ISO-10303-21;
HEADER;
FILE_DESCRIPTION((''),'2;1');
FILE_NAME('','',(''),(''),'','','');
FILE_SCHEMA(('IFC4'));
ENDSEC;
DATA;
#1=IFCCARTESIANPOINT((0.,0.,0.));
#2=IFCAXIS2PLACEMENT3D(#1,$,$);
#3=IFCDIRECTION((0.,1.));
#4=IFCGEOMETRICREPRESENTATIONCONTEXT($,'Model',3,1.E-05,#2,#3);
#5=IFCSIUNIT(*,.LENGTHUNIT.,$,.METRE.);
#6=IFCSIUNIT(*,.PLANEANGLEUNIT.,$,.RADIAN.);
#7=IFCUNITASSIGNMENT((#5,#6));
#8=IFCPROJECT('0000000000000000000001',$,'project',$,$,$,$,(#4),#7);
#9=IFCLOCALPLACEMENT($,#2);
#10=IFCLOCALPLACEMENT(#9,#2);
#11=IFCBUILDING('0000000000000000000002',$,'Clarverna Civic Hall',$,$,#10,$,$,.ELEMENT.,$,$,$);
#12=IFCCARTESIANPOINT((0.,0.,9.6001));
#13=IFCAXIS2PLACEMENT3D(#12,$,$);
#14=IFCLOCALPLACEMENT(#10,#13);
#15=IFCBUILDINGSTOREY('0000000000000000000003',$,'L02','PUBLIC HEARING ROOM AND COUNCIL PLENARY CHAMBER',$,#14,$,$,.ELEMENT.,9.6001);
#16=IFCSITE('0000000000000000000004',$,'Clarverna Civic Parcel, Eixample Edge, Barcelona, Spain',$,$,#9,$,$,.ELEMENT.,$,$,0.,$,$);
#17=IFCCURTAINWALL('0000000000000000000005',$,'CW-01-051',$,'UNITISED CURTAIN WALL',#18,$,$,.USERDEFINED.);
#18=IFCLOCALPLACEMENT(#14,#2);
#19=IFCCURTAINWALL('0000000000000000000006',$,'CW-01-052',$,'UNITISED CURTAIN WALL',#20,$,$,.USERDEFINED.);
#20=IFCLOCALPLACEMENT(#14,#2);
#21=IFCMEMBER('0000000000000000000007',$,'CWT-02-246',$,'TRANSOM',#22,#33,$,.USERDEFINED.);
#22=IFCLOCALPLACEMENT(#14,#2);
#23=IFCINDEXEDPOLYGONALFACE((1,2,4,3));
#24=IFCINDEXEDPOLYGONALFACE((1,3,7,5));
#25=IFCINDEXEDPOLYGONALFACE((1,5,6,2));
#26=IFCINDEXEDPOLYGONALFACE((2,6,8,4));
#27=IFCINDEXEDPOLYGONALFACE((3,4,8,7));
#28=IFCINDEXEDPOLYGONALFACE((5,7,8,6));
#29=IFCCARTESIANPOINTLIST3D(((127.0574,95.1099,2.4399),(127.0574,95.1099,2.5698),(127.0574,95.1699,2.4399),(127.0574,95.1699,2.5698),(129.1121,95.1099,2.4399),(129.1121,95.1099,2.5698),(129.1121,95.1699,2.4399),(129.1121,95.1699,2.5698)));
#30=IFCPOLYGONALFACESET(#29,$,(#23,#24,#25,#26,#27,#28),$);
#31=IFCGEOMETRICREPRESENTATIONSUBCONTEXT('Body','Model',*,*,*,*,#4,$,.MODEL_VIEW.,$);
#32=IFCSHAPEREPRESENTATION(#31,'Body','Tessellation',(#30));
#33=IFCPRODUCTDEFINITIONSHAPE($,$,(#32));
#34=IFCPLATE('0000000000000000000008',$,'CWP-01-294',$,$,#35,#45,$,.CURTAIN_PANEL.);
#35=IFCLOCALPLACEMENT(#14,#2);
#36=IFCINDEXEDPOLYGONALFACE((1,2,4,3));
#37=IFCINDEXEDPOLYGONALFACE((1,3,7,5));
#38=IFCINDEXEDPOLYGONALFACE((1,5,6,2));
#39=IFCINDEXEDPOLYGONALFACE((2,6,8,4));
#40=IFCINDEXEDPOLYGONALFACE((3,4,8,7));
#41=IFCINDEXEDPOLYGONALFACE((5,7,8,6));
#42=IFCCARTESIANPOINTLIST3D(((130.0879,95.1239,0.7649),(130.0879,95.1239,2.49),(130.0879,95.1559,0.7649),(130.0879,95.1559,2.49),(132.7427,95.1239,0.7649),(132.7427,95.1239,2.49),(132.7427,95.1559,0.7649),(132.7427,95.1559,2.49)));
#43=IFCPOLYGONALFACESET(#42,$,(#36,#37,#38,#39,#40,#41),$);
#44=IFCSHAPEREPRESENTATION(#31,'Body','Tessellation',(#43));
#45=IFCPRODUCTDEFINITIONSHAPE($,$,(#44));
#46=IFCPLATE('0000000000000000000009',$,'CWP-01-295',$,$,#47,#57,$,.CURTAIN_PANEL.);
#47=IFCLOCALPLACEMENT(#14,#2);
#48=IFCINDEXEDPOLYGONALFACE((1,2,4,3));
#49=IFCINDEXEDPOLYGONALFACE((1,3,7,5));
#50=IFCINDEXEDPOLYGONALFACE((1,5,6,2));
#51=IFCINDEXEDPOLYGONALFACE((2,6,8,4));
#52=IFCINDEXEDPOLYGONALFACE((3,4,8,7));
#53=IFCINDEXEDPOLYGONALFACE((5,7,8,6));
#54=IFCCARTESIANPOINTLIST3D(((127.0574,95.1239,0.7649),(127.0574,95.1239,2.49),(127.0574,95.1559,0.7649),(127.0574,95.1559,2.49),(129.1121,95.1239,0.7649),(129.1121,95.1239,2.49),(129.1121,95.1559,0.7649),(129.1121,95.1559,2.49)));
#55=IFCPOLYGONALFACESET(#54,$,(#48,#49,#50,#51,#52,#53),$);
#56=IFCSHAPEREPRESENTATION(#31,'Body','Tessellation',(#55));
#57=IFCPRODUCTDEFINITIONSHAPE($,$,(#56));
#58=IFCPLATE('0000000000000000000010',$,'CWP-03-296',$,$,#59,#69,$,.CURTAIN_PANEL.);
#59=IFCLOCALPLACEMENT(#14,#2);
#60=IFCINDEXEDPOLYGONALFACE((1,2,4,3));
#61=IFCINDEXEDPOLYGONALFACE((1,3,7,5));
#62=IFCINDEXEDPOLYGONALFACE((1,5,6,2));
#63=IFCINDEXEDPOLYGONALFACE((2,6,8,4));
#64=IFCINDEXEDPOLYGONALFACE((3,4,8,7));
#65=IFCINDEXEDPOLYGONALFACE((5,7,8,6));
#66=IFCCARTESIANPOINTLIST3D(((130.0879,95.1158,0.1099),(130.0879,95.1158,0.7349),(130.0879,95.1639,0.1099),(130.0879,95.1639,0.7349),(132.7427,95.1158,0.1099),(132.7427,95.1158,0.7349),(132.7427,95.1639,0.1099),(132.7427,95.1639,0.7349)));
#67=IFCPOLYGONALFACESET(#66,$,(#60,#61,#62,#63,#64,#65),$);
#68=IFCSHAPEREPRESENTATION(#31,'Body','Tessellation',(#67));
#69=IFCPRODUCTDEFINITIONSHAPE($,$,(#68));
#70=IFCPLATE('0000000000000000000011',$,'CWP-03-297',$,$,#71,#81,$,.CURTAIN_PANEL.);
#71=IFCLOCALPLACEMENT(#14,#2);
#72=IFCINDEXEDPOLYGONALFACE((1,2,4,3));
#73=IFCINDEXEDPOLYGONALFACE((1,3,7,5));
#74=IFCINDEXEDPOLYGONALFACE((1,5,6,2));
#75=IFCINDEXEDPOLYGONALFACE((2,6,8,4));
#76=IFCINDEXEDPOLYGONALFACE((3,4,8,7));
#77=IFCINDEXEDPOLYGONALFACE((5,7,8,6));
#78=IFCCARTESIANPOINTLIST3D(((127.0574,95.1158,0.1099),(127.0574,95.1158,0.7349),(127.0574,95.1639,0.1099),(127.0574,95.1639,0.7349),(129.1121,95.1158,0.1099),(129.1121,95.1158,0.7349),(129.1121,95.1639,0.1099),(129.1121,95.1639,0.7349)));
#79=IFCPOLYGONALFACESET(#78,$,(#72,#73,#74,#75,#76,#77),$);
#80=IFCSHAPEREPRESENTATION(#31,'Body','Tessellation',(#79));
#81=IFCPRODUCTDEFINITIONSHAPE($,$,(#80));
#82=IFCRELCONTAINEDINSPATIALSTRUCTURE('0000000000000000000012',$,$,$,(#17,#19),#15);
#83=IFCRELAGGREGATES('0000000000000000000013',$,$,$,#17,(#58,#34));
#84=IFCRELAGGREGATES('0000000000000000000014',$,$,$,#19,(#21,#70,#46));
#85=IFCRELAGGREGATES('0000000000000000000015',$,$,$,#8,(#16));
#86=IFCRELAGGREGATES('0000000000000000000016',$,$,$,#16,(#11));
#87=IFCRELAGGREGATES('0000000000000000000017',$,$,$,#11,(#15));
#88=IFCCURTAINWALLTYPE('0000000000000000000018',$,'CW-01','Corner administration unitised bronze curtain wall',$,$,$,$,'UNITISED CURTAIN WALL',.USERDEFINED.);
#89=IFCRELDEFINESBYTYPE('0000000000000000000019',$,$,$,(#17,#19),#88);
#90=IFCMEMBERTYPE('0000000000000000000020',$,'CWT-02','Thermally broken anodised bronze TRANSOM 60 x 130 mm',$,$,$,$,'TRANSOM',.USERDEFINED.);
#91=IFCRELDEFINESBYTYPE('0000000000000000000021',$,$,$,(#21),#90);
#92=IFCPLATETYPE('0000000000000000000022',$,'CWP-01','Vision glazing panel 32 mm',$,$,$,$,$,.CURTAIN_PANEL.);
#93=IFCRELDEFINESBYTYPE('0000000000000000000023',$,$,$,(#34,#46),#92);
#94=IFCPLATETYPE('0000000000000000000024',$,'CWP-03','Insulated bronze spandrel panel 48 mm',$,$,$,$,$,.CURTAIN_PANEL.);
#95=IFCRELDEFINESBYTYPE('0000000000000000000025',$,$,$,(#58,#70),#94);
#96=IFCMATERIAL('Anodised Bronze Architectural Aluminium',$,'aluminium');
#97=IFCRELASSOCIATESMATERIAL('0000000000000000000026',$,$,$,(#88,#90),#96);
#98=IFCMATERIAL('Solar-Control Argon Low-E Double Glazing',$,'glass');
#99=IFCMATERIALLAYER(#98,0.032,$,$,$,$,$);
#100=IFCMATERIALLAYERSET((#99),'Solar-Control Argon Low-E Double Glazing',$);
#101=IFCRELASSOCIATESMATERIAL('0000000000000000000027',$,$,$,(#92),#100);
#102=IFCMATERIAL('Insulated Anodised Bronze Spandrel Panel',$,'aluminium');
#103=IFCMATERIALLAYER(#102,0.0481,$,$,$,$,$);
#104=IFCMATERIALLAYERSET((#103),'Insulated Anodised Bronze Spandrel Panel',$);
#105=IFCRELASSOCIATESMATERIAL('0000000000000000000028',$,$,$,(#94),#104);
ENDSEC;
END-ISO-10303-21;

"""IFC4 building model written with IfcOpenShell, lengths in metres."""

from ifc_helpers import new_model, si_unit, direction, frame, frame_2d, origin, origin_2d, place, context, subcontext, project, spatial, rectangle, extrude, material, layer, layer_set, material_profile, profile_set, type_object, element, aggregate, save


model = new_model("IFC4")

# Units and contexts
model_context = context("Model", 3, precision=1e-05, world=origin(), true_north=direction((0.0, 1.0)))
body_context = subcontext(model_context, "Body", "Model", "MODEL_VIEW")
ifc_project = project(units=[si_unit("LENGTHUNIT", "METRE"), si_unit("PLANEANGLEUNIT", "RADIAN")], contexts=[model_context])

# Site, building, storey
site_placement = place(None, origin())
site = spatial("IfcSite", under=ifc_project, at=site_placement, Name="Clarverna Civic Parcel, Eixample Edge, Barcelona, Spain", CompositionType="ELEMENT", RefElevation=0.0)
building_placement = place(site_placement, origin())
building = spatial("IfcBuilding", under=site, at=building_placement, Name="Clarverna Civic Hall", CompositionType="ELEMENT")
storey_placement = place(building_placement, frame((0.0, 0.0, 9.6001)))
storey = spatial("IfcBuildingStorey", under=building, at=storey_placement, Name="L02", Description="PUBLIC HEARING ROOM AND COUNCIL PLENARY CHAMBER", CompositionType="ELEMENT", Elevation=9.6001)

# Curtain wall
ifc_material_1 = material(Name="Anodised Bronze Architectural Aluminium", Category="aluminium")
curtain_wall_type = type_object("IfcCurtainWallType", Name="CW-01", Description="Corner administration unitised bronze curtain wall", ElementType="UNITISED CURTAIN WALL", PredefinedType="USERDEFINED", material=ifc_material_1)
curtain_wall_1_placement = place(storey_placement, origin())
curtain_wall_1 = element("IfcCurtainWall", 1, at=curtain_wall_1_placement, inside=storey, type_object=curtain_wall_type, Name="CW-01-051", ObjectType="UNITISED CURTAIN WALL", PredefinedType="USERDEFINED")

# Curtain wall
curtain_wall_2_placement = place(storey_placement, origin())
curtain_wall_2 = element("IfcCurtainWall", 2, at=curtain_wall_2_placement, inside=storey, type_object=curtain_wall_type, Name="CW-01-052", ObjectType="UNITISED CURTAIN WALL", PredefinedType="USERDEFINED")

# Member
ifc_material_profile_1 = material_profile(ifc_material_1, rectangle(XDim=0.0601, YDim=0.1299, at=origin_2d()), Name="BRONZE 60x130")
ifc_profile_set_1 = profile_set([ifc_material_profile_1], Name="Anodised Bronze Architectural Aluminium")
member_type_1 = type_object("IfcMemberType", Name="CWT-02", Description="Thermally broken anodised bronze TRANSOM 60 x 130 mm", ElementType="TRANSOM", PredefinedType="USERDEFINED", material=ifc_profile_set_1)
member_1_placement = place(storey_placement, frame((129.1121, 95.1399, 2.5049), z_axis=(-1.0, 0.0, 0.0), x_axis=(0.0, -1.0, 0.0)))
member_1 = element("IfcMember", 3, at=member_1_placement, type_object=member_type_1, Name="CWT-02-246", ObjectType="TRANSOM", PredefinedType="USERDEFINED", context=body_context, shape_type="SweptSolid", body=[
    extrude(rectangle(XDim=0.0601, YDim=0.1299, at=origin_2d()), origin(), (0.0, 0.0, 1.0), 2.0547),
])

# Plates
ifc_material_2 = material(Name="Solar-Control Argon Low-E Double Glazing", Category="glass")
ifc_layer_1 = layer(ifc_material_2, 0.032)
ifc_layer_set_1 = layer_set([ifc_layer_1], Name="Solar-Control Argon Low-E Double Glazing")
plate_type_1 = type_object("IfcPlateType", Name="CWP-01", Description="Vision glazing panel 32 mm", PredefinedType="CURTAIN_PANEL", material=ifc_layer_set_1)
plate_1_placement = place(storey_placement, frame((132.7427, 95.1399, 0.7649), z_axis=(0.0, 0.0, 1.0), x_axis=(-1.0, 0.0, 0.0)))
plate_1 = element("IfcPlate", 4, at=plate_1_placement, type_object=plate_type_1, Name="CWP-01-294", PredefinedType="CURTAIN_PANEL", context=body_context, shape_type="SweptSolid", body=[
    extrude(rectangle(XDim=2.6548, YDim=0.032, at=frame_2d((1.3274, 0.0))), origin(), (0.0, 0.0, 1.0), 1.7251),
])
plate_2_placement = place(storey_placement, frame((129.1121, 95.1399, 0.7649), z_axis=(0.0, 0.0, 1.0), x_axis=(-1.0, 0.0, 0.0)))
plate_2 = element("IfcPlate", 5, at=plate_2_placement, type_object=plate_type_1, Name="CWP-01-295", PredefinedType="CURTAIN_PANEL", context=body_context, shape_type="SweptSolid", body=[
    extrude(rectangle(XDim=2.0547, YDim=0.032, at=frame_2d((1.0273, 0.0))), origin(), (0.0, 0.0, 1.0), 1.7251),
])
ifc_material_3 = material(Name="Insulated Anodised Bronze Spandrel Panel", Category="aluminium")
ifc_layer_2 = layer(ifc_material_3, 0.0481)
ifc_layer_set_2 = layer_set([ifc_layer_2], Name="Insulated Anodised Bronze Spandrel Panel")
plate_type_2 = type_object("IfcPlateType", Name="CWP-03", Description="Insulated bronze spandrel panel 48 mm", PredefinedType="CURTAIN_PANEL", material=ifc_layer_set_2)
plate_3_placement = place(storey_placement, frame((132.7427, 95.1399, 0.1099), z_axis=(0.0, 0.0, 1.0), x_axis=(-1.0, 0.0, 0.0)))
plate_3 = element("IfcPlate", 6, at=plate_3_placement, type_object=plate_type_2, Name="CWP-03-296", PredefinedType="CURTAIN_PANEL", context=body_context, shape_type="SweptSolid", body=[
    extrude(rectangle(XDim=2.6548, YDim=0.0481, at=frame_2d((1.3274, 0.0))), origin(), (0.0, 0.0, 1.0), 0.625),
])
aggregate(curtain_wall_1, [plate_3, plate_1])
plate_4_placement = place(storey_placement, frame((129.1121, 95.1399, 0.1099), z_axis=(0.0, 0.0, 1.0), x_axis=(-1.0, 0.0, 0.0)))
plate_4 = element("IfcPlate", 7, at=plate_4_placement, type_object=plate_type_2, Name="CWP-03-297", PredefinedType="CURTAIN_PANEL", context=body_context, shape_type="SweptSolid", body=[
    extrude(rectangle(XDim=2.0547, YDim=0.0481, at=frame_2d((1.0273, 0.0))), origin(), (0.0, 0.0, 1.0), 0.625),
])
aggregate(curtain_wall_2, [member_1, plate_4, plate_2])

save(model, "model.ifc")
